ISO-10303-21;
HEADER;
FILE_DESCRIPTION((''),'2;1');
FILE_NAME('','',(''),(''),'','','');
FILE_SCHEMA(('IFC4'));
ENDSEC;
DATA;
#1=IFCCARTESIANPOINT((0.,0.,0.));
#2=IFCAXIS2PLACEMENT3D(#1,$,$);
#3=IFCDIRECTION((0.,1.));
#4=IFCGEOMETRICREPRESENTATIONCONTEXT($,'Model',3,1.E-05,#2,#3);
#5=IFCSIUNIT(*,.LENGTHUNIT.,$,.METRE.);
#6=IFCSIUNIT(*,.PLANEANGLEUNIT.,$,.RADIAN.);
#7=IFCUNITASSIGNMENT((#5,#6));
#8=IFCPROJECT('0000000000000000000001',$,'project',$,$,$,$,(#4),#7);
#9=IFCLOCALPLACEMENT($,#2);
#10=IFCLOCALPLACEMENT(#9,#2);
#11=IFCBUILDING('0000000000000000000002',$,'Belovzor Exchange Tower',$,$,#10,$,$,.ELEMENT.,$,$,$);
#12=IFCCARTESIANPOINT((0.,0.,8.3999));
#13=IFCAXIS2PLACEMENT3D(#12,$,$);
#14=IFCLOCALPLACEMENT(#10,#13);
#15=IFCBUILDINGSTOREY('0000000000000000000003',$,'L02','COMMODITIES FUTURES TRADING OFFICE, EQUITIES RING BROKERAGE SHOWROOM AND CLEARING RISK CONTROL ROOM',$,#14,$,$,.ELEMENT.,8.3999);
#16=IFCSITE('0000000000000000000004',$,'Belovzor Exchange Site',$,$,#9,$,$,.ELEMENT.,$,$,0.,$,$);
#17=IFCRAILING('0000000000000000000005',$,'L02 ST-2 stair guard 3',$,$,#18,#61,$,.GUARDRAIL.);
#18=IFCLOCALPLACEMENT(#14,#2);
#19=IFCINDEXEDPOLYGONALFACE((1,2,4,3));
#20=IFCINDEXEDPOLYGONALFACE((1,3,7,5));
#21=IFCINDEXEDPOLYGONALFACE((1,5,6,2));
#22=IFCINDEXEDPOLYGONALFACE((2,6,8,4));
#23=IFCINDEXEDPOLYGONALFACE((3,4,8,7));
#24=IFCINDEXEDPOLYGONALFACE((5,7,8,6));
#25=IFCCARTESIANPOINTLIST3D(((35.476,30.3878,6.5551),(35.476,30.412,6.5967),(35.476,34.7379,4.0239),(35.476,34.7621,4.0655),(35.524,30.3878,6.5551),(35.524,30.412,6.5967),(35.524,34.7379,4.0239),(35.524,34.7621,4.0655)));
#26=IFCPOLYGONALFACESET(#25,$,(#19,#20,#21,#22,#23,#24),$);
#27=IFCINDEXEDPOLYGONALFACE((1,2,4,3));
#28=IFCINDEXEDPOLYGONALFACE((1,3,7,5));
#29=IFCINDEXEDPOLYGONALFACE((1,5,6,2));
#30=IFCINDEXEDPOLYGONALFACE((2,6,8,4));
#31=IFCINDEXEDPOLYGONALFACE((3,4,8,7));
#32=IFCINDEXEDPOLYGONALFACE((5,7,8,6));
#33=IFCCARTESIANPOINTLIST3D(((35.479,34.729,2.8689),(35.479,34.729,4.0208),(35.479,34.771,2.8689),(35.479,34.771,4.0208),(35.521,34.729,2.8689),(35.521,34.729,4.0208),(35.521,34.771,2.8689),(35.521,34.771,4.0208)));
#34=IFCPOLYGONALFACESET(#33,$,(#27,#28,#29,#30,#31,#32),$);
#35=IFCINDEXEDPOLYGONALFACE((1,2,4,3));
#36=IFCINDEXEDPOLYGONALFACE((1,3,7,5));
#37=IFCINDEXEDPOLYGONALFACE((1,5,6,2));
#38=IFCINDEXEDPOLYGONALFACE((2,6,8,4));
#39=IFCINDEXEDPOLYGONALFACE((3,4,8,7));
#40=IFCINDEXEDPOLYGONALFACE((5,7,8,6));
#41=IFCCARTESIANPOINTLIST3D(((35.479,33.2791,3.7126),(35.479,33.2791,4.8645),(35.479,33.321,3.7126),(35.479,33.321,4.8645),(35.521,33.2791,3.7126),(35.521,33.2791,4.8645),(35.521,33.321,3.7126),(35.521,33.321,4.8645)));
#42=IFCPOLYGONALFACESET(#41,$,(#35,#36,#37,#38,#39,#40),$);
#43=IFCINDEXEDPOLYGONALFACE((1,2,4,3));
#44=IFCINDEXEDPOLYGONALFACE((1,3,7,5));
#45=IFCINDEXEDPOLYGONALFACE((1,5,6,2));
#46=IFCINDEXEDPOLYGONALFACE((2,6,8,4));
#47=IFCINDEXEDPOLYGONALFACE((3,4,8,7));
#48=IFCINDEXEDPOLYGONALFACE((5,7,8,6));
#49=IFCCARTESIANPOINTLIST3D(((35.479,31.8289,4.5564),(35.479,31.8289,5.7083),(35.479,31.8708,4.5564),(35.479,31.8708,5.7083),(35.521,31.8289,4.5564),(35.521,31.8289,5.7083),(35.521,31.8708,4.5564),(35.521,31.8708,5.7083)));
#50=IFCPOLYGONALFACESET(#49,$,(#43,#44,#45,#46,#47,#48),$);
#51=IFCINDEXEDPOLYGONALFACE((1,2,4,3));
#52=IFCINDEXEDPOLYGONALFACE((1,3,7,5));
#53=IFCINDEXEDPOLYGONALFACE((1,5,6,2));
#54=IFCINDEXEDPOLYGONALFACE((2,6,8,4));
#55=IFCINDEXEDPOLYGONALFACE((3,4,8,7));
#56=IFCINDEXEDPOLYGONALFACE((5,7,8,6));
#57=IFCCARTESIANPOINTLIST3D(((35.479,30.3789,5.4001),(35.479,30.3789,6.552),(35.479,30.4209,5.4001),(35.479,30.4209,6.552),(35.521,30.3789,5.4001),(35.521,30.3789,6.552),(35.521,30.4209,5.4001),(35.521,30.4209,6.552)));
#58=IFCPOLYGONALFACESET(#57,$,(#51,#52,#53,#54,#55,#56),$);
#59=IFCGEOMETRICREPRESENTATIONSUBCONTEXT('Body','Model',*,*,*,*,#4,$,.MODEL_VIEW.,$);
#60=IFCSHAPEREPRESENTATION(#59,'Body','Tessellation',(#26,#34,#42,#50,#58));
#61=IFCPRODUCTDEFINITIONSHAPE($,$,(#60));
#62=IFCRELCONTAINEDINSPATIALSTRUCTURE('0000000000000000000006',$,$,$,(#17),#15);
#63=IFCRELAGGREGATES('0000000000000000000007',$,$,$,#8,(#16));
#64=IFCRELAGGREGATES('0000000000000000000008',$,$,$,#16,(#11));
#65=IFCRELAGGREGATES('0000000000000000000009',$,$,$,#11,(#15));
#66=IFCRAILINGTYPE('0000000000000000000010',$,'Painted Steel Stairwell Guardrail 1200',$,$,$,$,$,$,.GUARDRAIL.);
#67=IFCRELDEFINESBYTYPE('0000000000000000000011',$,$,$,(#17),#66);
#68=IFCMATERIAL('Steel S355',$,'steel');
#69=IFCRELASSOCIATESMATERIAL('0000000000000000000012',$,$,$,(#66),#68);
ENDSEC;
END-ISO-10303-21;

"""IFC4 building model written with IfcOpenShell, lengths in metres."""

from ifc_helpers import new_model, si_unit, direction, frame, origin, origin_2d, place, context, subcontext, project, spatial, rectangle, extrude, material, type_object, element, save


model = new_model("IFC4")

# Units and contexts
model_context = context("Model", 3, precision=1e-05, world=origin(), true_north=direction((0.0, 1.0)))
body_context = subcontext(model_context, "Body", "Model", "MODEL_VIEW")
ifc_project = project(units=[si_unit("LENGTHUNIT", "METRE"), si_unit("PLANEANGLEUNIT", "RADIAN")], contexts=[model_context])

# Site, building, storey
site_placement = place(None, origin())
site = spatial("IfcSite", under=ifc_project, at=site_placement, Name="Belovzor Exchange Site", CompositionType="ELEMENT", RefElevation=0.0)
building_placement = place(site_placement, origin())
building = spatial("IfcBuilding", under=site, at=building_placement, Name="Belovzor Exchange Tower", CompositionType="ELEMENT")
storey_placement = place(building_placement, frame((0.0, 0.0, 8.3999)))
storey = spatial("IfcBuildingStorey", under=building, at=storey_placement, Name="L02", Description="COMMODITIES FUTURES TRADING OFFICE, EQUITIES RING BROKERAGE SHOWROOM AND CLEARING RISK CONTROL ROOM", CompositionType="ELEMENT", Elevation=8.3999)

# Railing
ifc_material_1 = material(Name="Steel S355", Category="steel")
railing_type_1 = type_object("IfcRailingType", Name="Painted Steel Stairwell Guardrail 1200", PredefinedType="GUARDRAIL", material=ifc_material_1)
railing_1_placement = place(storey_placement, frame((35.5, 34.75, 2.8689)))
element("IfcRailing", 1, at=railing_1_placement, inside=storey, type_object=railing_type_1, Name="L02 ST-2 stair guard 3", PredefinedType="GUARDRAIL", context=body_context, shape_type="SweptSolid", body=[
    extrude(rectangle(XDim=0.0481, YDim=0.0481, at=origin_2d()), frame((0.0, 0.0, 1.1758), z_axis=(0.0, -0.864324, 0.502936), x_axis=(1.0, 0.0, 0.0)), (0.0, 0.0, 1.0), 5.033),
    extrude(rectangle(XDim=0.042, YDim=0.042, at=origin_2d()), origin(), (0.0, 0.0, 1.0), 1.1519),
    extrude(rectangle(XDim=0.042, YDim=0.042, at=origin_2d()), frame((0.0, -1.45, 0.8438)), (0.0, 0.0, 1.0), 1.1519),
    extrude(rectangle(XDim=0.042, YDim=0.042, at=origin_2d()), frame((0.0, -2.9001, 1.6875)), (0.0, 0.0, 1.0), 1.1519),
    extrude(rectangle(XDim=0.042, YDim=0.042, at=origin_2d()), frame((0.0, -4.3501, 2.5312)), (0.0, 0.0, 1.0), 1.1519),
])

save(model, "model.ifc")
